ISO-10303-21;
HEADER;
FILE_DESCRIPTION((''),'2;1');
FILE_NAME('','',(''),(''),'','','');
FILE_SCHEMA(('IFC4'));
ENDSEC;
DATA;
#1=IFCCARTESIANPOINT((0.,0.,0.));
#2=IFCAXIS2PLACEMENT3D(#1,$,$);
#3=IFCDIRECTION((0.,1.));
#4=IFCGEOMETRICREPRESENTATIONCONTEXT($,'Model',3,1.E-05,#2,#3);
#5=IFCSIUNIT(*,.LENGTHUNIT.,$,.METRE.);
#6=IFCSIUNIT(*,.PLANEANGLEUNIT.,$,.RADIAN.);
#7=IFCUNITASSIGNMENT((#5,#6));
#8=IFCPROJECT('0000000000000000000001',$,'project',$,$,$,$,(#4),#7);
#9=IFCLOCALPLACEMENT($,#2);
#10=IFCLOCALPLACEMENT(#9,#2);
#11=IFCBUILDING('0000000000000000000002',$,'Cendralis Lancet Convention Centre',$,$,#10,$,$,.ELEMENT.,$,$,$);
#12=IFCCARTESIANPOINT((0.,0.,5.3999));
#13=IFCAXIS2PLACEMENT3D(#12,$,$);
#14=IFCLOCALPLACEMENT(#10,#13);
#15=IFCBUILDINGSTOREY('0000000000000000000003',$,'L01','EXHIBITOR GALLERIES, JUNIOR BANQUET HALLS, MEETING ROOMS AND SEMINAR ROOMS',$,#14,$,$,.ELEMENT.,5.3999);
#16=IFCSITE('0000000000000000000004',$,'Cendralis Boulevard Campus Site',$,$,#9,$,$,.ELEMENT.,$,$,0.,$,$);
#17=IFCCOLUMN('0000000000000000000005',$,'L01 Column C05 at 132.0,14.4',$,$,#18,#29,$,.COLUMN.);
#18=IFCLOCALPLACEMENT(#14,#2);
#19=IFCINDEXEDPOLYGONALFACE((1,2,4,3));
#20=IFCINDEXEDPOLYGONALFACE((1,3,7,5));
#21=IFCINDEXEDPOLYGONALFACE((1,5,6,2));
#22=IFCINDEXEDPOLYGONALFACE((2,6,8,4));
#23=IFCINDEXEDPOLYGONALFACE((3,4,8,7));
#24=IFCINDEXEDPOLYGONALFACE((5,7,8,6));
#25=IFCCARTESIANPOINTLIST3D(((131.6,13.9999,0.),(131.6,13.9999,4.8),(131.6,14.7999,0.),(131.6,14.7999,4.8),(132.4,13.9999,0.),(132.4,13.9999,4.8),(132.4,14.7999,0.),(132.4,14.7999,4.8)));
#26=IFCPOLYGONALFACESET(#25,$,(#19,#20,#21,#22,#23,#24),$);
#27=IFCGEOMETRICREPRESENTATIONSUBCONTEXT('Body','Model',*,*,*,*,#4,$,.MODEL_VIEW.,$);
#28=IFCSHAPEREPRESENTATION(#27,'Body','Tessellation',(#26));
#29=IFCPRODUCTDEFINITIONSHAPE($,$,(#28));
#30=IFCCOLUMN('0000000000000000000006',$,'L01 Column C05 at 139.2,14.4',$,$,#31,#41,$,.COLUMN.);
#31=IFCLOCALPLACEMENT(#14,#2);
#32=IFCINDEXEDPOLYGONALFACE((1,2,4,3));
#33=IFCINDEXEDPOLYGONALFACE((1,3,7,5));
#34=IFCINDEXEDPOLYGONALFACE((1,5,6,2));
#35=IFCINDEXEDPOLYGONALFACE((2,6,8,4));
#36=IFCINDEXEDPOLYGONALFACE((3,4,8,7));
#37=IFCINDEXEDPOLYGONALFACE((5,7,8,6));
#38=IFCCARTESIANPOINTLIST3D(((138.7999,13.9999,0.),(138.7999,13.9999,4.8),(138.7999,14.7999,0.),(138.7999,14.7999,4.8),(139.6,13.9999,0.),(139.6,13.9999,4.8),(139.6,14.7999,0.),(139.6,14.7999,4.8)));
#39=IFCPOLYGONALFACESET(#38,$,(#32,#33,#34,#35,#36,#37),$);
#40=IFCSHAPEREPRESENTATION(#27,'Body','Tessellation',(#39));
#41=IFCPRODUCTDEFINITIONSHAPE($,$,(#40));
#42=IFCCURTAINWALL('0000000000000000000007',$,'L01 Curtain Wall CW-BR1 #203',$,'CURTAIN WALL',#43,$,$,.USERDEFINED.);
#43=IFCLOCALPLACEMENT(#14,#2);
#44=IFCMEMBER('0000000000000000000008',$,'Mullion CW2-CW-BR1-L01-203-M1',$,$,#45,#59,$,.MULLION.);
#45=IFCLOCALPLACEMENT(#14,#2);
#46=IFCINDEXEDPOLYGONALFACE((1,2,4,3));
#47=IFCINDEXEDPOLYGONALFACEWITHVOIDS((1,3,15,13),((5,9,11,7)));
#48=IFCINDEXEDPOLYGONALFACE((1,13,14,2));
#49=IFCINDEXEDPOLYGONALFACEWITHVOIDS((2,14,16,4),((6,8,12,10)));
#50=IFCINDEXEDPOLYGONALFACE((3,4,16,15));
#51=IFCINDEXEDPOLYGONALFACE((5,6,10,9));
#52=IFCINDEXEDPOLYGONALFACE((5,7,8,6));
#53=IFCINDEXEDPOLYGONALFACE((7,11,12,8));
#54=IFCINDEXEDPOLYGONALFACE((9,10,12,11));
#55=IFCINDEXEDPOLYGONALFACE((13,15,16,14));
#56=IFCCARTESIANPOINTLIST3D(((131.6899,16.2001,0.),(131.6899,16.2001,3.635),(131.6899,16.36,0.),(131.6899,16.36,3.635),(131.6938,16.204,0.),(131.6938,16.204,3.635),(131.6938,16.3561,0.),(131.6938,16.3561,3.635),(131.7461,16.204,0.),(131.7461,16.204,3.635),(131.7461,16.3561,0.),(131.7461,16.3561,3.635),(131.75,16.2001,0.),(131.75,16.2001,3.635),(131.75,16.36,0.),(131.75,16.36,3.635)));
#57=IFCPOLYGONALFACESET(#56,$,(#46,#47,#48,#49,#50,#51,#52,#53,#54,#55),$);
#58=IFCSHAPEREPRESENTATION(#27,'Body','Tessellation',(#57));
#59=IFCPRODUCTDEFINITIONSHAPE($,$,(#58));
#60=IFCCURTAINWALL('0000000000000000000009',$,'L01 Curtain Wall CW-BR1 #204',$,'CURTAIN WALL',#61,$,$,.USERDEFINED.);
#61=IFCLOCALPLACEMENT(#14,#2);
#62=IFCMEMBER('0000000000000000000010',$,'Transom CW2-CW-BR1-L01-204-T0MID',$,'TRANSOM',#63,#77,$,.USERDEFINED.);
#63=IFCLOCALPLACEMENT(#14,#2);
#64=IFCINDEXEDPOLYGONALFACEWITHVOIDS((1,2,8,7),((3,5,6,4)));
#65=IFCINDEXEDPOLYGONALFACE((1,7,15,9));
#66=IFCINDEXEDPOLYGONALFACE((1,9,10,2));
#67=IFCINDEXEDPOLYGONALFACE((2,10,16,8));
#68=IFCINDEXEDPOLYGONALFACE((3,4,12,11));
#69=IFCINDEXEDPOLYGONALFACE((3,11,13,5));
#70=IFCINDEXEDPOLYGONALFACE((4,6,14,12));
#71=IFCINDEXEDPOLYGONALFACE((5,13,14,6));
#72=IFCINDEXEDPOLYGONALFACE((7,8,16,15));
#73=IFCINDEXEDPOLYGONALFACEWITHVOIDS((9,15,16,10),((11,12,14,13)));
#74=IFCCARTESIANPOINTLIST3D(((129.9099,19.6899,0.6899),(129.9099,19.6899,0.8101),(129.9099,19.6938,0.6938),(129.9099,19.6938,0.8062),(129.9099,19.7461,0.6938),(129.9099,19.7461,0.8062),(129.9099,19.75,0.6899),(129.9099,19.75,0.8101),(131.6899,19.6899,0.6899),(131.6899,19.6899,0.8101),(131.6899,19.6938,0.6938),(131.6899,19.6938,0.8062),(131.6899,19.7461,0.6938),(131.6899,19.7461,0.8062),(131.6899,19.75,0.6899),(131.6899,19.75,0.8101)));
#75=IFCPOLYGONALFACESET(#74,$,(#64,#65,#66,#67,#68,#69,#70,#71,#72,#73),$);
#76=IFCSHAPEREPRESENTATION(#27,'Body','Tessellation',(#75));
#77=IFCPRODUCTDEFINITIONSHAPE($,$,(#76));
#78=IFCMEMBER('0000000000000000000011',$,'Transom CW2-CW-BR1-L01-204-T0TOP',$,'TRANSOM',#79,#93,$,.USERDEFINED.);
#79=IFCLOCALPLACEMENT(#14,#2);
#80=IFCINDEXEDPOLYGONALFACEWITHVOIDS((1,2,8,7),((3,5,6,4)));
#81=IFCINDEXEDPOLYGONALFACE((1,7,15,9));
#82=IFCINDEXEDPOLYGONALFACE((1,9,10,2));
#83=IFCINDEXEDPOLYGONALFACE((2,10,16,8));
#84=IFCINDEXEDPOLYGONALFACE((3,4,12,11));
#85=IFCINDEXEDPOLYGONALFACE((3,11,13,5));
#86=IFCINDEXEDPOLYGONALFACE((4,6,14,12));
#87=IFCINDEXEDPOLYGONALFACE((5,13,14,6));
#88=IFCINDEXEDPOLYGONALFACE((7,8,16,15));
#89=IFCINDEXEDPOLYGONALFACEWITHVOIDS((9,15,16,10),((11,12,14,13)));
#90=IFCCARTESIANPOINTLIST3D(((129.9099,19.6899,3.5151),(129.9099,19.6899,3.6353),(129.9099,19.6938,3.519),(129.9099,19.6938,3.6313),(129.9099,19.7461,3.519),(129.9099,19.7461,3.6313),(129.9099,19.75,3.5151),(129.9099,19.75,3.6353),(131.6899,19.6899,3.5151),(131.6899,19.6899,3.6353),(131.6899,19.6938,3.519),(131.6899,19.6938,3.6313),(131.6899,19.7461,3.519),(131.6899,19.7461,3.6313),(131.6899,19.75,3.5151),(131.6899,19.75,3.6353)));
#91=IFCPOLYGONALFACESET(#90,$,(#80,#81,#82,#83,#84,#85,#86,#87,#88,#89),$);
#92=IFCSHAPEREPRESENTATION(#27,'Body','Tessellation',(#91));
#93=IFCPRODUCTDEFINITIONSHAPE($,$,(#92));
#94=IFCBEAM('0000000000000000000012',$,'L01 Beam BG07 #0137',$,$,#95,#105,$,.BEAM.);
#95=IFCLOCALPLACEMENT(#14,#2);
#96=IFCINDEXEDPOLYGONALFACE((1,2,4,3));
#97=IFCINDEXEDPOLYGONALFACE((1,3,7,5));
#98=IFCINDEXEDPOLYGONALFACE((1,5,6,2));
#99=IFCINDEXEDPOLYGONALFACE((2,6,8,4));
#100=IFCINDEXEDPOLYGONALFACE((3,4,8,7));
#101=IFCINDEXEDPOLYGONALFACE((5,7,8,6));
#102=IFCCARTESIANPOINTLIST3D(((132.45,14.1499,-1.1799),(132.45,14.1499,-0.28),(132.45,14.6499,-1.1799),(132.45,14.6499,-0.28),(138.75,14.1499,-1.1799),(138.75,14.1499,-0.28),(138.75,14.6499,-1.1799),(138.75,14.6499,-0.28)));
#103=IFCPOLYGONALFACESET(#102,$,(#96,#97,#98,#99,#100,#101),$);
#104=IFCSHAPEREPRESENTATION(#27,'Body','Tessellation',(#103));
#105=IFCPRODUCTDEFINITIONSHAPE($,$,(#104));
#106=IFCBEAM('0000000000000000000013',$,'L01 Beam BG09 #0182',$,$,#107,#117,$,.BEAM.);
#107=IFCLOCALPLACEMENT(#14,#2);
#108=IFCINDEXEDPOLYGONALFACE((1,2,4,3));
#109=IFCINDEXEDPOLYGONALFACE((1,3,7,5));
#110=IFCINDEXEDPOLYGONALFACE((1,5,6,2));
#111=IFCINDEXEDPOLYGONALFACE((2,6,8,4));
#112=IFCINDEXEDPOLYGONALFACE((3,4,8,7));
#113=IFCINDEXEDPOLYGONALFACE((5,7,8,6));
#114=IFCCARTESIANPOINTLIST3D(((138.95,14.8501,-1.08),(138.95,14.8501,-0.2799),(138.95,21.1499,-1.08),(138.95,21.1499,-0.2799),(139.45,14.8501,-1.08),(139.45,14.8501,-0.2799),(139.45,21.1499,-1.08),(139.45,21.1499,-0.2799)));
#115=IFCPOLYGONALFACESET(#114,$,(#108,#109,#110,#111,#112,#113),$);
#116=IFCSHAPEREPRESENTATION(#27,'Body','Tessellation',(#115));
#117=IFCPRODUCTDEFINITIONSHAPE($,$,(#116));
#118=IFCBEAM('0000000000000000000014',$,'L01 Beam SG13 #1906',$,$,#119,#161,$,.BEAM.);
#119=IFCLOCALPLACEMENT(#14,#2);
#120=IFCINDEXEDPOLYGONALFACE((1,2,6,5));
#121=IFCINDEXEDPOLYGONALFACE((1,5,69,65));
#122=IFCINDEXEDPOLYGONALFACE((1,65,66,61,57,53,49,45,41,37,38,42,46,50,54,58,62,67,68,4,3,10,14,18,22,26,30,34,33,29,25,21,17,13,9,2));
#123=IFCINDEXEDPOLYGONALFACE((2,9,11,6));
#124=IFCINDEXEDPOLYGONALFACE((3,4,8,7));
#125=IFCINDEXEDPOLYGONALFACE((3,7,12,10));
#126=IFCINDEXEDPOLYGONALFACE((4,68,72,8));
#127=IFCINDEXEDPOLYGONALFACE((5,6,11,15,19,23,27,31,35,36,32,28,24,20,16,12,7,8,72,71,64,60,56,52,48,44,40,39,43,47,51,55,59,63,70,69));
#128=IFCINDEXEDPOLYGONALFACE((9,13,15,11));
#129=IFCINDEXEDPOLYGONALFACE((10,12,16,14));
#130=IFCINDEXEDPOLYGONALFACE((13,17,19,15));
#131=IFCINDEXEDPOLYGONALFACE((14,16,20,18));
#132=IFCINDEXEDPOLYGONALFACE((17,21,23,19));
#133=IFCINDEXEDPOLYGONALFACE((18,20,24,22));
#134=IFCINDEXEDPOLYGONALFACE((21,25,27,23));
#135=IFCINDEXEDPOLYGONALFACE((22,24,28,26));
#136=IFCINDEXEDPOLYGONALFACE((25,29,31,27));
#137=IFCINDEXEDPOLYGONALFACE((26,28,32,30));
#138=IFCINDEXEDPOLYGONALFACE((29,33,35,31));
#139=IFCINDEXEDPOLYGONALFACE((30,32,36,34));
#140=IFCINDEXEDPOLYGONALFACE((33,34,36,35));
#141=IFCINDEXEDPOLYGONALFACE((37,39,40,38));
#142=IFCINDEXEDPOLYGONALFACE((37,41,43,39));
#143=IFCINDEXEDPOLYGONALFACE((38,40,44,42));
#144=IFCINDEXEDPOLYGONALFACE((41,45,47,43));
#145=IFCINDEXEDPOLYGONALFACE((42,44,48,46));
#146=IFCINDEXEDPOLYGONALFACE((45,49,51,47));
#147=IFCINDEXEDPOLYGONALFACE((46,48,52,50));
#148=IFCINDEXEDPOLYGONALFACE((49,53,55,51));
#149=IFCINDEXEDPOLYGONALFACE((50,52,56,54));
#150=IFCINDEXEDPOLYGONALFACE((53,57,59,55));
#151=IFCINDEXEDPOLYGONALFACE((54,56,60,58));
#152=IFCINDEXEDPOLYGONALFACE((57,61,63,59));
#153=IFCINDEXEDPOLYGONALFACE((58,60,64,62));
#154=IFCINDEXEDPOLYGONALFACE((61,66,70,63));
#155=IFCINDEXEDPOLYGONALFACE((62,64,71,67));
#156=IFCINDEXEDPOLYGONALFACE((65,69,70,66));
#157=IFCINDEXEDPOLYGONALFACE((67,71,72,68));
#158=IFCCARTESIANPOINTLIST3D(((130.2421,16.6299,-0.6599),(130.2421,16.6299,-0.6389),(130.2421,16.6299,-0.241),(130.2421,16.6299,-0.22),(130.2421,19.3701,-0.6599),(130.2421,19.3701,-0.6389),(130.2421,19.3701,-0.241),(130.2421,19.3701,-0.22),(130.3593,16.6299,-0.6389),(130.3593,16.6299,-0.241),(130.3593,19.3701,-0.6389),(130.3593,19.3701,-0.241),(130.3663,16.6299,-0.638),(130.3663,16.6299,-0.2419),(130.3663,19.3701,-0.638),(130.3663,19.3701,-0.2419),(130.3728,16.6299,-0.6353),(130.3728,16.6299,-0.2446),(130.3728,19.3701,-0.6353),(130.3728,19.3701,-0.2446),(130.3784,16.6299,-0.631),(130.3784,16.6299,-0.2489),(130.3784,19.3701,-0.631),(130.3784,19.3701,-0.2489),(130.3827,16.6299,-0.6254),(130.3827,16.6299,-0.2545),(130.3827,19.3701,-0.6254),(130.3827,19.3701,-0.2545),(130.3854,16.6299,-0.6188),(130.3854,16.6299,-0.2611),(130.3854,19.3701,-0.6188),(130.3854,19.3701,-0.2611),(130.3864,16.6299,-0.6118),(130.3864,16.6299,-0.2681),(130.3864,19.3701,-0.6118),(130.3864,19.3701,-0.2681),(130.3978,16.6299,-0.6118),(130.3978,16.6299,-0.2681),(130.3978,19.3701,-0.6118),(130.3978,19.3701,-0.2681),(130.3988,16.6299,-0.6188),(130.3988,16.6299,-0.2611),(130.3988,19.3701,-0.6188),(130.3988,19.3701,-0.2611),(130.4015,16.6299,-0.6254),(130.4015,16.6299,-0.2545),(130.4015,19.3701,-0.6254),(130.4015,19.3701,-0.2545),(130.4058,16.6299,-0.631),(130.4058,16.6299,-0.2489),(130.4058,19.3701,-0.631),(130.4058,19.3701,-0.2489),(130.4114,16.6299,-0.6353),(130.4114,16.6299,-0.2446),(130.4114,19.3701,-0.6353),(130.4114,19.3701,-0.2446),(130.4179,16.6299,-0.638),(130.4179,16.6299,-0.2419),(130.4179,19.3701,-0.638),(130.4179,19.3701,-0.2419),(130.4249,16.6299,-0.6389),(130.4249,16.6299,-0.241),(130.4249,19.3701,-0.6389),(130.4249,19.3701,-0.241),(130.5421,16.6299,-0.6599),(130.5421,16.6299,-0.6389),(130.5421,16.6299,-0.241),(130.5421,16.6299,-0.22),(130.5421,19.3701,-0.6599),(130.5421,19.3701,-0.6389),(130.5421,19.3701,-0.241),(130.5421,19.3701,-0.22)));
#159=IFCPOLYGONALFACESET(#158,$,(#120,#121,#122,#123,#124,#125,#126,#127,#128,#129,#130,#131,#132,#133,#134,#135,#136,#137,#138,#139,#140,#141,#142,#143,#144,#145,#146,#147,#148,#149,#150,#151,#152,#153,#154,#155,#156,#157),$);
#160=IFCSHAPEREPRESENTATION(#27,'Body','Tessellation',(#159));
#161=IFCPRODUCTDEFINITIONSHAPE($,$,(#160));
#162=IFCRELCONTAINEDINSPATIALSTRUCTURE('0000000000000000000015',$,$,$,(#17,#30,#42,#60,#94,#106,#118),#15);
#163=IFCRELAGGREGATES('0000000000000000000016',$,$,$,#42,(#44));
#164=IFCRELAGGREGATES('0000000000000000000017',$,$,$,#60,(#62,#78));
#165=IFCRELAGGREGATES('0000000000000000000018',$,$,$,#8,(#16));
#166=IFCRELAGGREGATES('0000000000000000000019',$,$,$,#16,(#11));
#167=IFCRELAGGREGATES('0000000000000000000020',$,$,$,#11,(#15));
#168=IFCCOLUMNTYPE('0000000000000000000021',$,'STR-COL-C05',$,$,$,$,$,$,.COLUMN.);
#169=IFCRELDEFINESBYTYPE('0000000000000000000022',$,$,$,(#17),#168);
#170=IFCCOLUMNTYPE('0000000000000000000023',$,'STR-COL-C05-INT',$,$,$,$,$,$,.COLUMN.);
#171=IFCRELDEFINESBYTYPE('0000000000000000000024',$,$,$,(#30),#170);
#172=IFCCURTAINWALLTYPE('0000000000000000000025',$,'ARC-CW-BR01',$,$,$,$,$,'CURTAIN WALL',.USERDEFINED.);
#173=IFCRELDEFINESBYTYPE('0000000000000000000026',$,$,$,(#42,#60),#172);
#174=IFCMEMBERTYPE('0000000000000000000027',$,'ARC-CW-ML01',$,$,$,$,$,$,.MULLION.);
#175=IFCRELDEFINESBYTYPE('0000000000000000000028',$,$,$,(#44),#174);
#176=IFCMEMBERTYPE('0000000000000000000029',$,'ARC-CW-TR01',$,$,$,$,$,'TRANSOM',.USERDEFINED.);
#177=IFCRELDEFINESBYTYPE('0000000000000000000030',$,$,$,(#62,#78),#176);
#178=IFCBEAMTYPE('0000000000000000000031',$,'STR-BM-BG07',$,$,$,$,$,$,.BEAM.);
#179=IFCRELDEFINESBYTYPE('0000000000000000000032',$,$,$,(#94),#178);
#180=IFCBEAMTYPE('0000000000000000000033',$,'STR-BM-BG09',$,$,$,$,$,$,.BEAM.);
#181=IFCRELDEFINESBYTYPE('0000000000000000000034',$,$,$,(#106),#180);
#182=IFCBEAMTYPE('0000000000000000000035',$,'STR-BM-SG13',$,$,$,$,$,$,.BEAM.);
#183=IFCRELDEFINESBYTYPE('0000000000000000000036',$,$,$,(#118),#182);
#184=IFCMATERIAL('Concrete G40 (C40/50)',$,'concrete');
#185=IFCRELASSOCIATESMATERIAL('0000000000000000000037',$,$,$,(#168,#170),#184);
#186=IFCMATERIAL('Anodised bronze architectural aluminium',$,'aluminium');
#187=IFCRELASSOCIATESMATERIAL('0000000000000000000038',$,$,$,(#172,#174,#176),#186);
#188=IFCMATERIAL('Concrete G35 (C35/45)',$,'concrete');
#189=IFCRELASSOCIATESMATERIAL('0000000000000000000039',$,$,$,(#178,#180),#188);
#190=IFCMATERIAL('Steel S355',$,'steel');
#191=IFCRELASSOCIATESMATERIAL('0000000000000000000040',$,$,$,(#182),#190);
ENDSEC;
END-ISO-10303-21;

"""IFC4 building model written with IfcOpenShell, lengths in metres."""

from ifc_helpers import new_model, si_unit, direction, frame, origin, origin_2d, place, context, subcontext, project, spatial, rectangle, hollow_rectangle, i_section, extrude, material, material_profile, profile_set, type_object, element, aggregate, save


model = new_model("IFC4")

# Units and contexts
model_context = context("Model", 3, precision=1e-05, world=origin(), true_north=direction((0.0, 1.0)))
body_context = subcontext(model_context, "Body", "Model", "MODEL_VIEW")
ifc_project = project(units=[si_unit("LENGTHUNIT", "METRE"), si_unit("PLANEANGLEUNIT", "RADIAN")], contexts=[model_context])

# Site, building, storey
site_placement = place(None, origin())
site = spatial("IfcSite", under=ifc_project, at=site_placement, Name="Cendralis Boulevard Campus Site", CompositionType="ELEMENT", RefElevation=0.0)
building_placement = place(site_placement, origin())
building = spatial("IfcBuilding", under=site, at=building_placement, Name="Cendralis Lancet Convention Centre", CompositionType="ELEMENT")
storey_placement = place(building_placement, frame((0.0, 0.0, 5.3999)))
storey = spatial("IfcBuildingStorey", under=building, at=storey_placement, Name="L01", Description="EXHIBITOR GALLERIES, JUNIOR BANQUET HALLS, MEETING ROOMS AND SEMINAR ROOMS", CompositionType="ELEMENT", Elevation=5.3999)

# Columns
ifc_material_1 = material(Name="Concrete G40 (C40/50)", Category="concrete")
ifc_material_profile_1 = material_profile(ifc_material_1, rectangle(XDim=0.8, YDim=0.8, at=origin_2d()), Name="RC 800x800")
ifc_profile_set_1 = profile_set([ifc_material_profile_1], Name="Concrete G40 (C40/50)")
column_type_1 = type_object("IfcColumnType", Name="STR-COL-C05", PredefinedType="COLUMN", material=ifc_profile_set_1)
column_1_placement = place(storey_placement, frame((132.0, 14.3999, 0.0), z_axis=(0.0, 0.0, 1.0), x_axis=(1.0, 0.0, 0.0)))
element("IfcColumn", 1, at=column_1_placement, inside=storey, type_object=column_type_1, Name="L01 Column C05 at 132.0,14.4", PredefinedType="COLUMN", context=body_context, shape_type="SweptSolid", body=[
    extrude(rectangle(XDim=0.8, YDim=0.8, at=origin_2d()), origin(), (0.0, 0.0, 1.0), 4.8),
])
ifc_material_profile_2 = material_profile(ifc_material_1, rectangle(XDim=0.8, YDim=0.8, at=origin_2d()), Name="RC 800x800")
ifc_profile_set_2 = profile_set([ifc_material_profile_2], Name="Concrete G40 (C40/50)")
column_type_2 = type_object("IfcColumnType", Name="STR-COL-C05-INT", PredefinedType="COLUMN", material=ifc_profile_set_2)
column_2_placement = place(storey_placement, frame((139.2, 14.3999, 0.0), z_axis=(0.0, 0.0, 1.0), x_axis=(1.0, 0.0, 0.0)))
element("IfcColumn", 2, at=column_2_placement, inside=storey, type_object=column_type_2, Name="L01 Column C05 at 139.2,14.4", PredefinedType="COLUMN", context=body_context, shape_type="SweptSolid", body=[
    extrude(rectangle(XDim=0.8, YDim=0.8, at=origin_2d()), origin(), (0.0, 0.0, 1.0), 4.8),
])

# Curtain wall, member
ifc_material_2 = material(Name="Anodised bronze architectural aluminium", Category="aluminium")
curtain_wall_type = type_object("IfcCurtainWallType", Name="ARC-CW-BR01", ElementType="CURTAIN WALL", PredefinedType="USERDEFINED", material=ifc_material_2)
curtain_wall_1_placement = place(storey_placement, origin())
curtain_wall_1 = element("IfcCurtainWall", 3, at=curtain_wall_1_placement, inside=storey, type_object=curtain_wall_type, Name="L01 Curtain Wall CW-BR1 #203", ObjectType="CURTAIN WALL", PredefinedType="USERDEFINED")
ifc_material_profile_3 = material_profile(ifc_material_2, hollow_rectangle(XDim=0.0601, YDim=0.1599, WallThickness=0.0039, at=origin_2d()), Name="AL-MULL 60x160x4.0")
ifc_profile_set_3 = profile_set([ifc_material_profile_3], Name="Anodised bronze architectural aluminium")
member_type_1 = type_object("IfcMemberType", Name="ARC-CW-ML01", PredefinedType="MULLION", material=ifc_profile_set_3)
member_1_placement = place(storey_placement, frame((131.72, 16.28, 0.0), z_axis=(0.0, 0.0, 1.0), x_axis=(1.0, 0.0, 0.0)))
member_1 = element("IfcMember", 4, at=member_1_placement, type_object=member_type_1, Name="Mullion CW2-CW-BR1-L01-203-M1", PredefinedType="MULLION", context=body_context, shape_type="SweptSolid", body=[
    extrude(hollow_rectangle(XDim=0.0601, YDim=0.1599, WallThickness=0.0039, at=origin_2d()), origin(), (0.0, 0.0, 1.0), 3.635),
])

# Curtain wall, members
curtain_wall_2_placement = place(storey_placement, origin())
curtain_wall_2 = element("IfcCurtainWall", 5, at=curtain_wall_2_placement, inside=storey, type_object=curtain_wall_type, Name="L01 Curtain Wall CW-BR1 #204", ObjectType="CURTAIN WALL", PredefinedType="USERDEFINED")
ifc_material_profile_4 = material_profile(ifc_material_2, hollow_rectangle(XDim=0.0601, YDim=0.1201, WallThickness=0.0039, at=origin_2d()), Name="AL-TRAN 60x120x4.0")
ifc_profile_set_4 = profile_set([ifc_material_profile_4], Name="Anodised bronze architectural aluminium")
member_type_2 = type_object("IfcMemberType", Name="ARC-CW-TR01", ElementType="TRANSOM", PredefinedType="USERDEFINED", material=ifc_profile_set_4)
member_2_placement = place(storey_placement, frame((129.9099, 19.72, 0.75), z_axis=(1.0, 0.0, 0.0), x_axis=(0.0, 1.0, 0.0)))
member_2 = element("IfcMember", 6, at=member_2_placement, type_object=member_type_2, Name="Transom CW2-CW-BR1-L01-204-T0MID", ObjectType="TRANSOM", PredefinedType="USERDEFINED", context=body_context, shape_type="SweptSolid", body=[
    extrude(hollow_rectangle(XDim=0.0601, YDim=0.1201, WallThickness=0.0039, at=origin_2d()), origin(), (0.0, 0.0, 1.0), 1.78),
])
member_3_placement = place(storey_placement, frame((129.9099, 19.72, 3.5752), z_axis=(1.0, 0.0, 0.0), x_axis=(0.0, 1.0, 0.0)))
member_3 = element("IfcMember", 7, at=member_3_placement, type_object=member_type_2, Name="Transom CW2-CW-BR1-L01-204-T0TOP", ObjectType="TRANSOM", PredefinedType="USERDEFINED", context=body_context, shape_type="SweptSolid", body=[
    extrude(hollow_rectangle(XDim=0.0601, YDim=0.1201, WallThickness=0.0039, at=origin_2d()), origin(), (0.0, 0.0, 1.0), 1.78),
])

# Beams
ifc_material_3 = material(Name="Concrete G35 (C35/45)", Category="concrete")
ifc_material_profile_5 = material_profile(ifc_material_3, rectangle(XDim=0.5, YDim=0.8999, at=origin_2d()), Name="RCB 500x900")
ifc_profile_set_5 = profile_set([ifc_material_profile_5], Name="Concrete G35 (C35/45)")
beam_type_1 = type_object("IfcBeamType", Name="STR-BM-BG07", PredefinedType="BEAM", material=ifc_profile_set_5)
beam_1_placement = place(storey_placement, frame((132.45, 14.3999, -0.73), z_axis=(1.0, 0.0, 0.0), x_axis=(0.0, 1.0, 0.0)))
element("IfcBeam", 8, at=beam_1_placement, inside=storey, type_object=beam_type_1, Name="L01 Beam BG07 #0137", PredefinedType="BEAM", context=body_context, shape_type="SweptSolid", body=[
    extrude(rectangle(XDim=0.5, YDim=0.8999, at=origin_2d()), origin(), (0.0, 0.0, 1.0), 6.3),
])
ifc_material_profile_6 = material_profile(ifc_material_3, rectangle(XDim=0.5, YDim=0.8, at=origin_2d()), Name="RCB 500x800")
ifc_profile_set_6 = profile_set([ifc_material_profile_6], Name="Concrete G35 (C35/45)")
beam_type_2 = type_object("IfcBeamType", Name="STR-BM-BG09", PredefinedType="BEAM", material=ifc_profile_set_6)
beam_2_placement = place(storey_placement, frame((139.2, 14.8501, -0.6799), z_axis=(0.0, 1.0, 0.0), x_axis=(-1.0, 0.0, 0.0)))
element("IfcBeam", 9, at=beam_2_placement, inside=storey, type_object=beam_type_2, Name="L01 Beam BG09 #0182", PredefinedType="BEAM", context=body_context, shape_type="SweptSolid", body=[
    extrude(rectangle(XDim=0.5, YDim=0.8, at=origin_2d()), origin(), (0.0, 0.0, 1.0), 6.2998),
])
ifc_material_4 = material(Name="Steel S355", Category="steel")
ifc_material_profile_7 = material_profile(ifc_material_4, i_section(OverallWidth=0.3, OverallDepth=0.4399, WebThickness=0.0115, FlangeThickness=0.021, FilletRadius=0.0271, at=origin_2d()), Name="HEA 450")
ifc_profile_set_7 = profile_set([ifc_material_profile_7], Name="Steel S355")
beam_type_3 = type_object("IfcBeamType", Name="STR-BM-SG13", PredefinedType="BEAM", material=ifc_profile_set_7)
for number, where, z_axis, x_axis, name in (
    (10, (130.3921, 16.6299, -0.4399), (0.0, 1.0, 0.0), (-1.0, 0.0, 0.0), "L01 Beam SG13 #1906"),
):
    element("IfcBeam", number, at=place(storey_placement, frame(where, z_axis=z_axis, x_axis=x_axis)), inside=storey, type_object=beam_type_3, Name=name, PredefinedType="BEAM", context=body_context, shape_type="SweptSolid", body=[
        extrude(i_section(OverallWidth=0.3, OverallDepth=0.4399, WebThickness=0.0115, FlangeThickness=0.021, FilletRadius=0.0271, at=origin_2d()), origin(), (0.0, 0.0, 1.0), 2.7402),
    ])

aggregate(curtain_wall_1, [member_1])
aggregate(curtain_wall_2, [member_2, member_3])

save(model, "model.ifc")
